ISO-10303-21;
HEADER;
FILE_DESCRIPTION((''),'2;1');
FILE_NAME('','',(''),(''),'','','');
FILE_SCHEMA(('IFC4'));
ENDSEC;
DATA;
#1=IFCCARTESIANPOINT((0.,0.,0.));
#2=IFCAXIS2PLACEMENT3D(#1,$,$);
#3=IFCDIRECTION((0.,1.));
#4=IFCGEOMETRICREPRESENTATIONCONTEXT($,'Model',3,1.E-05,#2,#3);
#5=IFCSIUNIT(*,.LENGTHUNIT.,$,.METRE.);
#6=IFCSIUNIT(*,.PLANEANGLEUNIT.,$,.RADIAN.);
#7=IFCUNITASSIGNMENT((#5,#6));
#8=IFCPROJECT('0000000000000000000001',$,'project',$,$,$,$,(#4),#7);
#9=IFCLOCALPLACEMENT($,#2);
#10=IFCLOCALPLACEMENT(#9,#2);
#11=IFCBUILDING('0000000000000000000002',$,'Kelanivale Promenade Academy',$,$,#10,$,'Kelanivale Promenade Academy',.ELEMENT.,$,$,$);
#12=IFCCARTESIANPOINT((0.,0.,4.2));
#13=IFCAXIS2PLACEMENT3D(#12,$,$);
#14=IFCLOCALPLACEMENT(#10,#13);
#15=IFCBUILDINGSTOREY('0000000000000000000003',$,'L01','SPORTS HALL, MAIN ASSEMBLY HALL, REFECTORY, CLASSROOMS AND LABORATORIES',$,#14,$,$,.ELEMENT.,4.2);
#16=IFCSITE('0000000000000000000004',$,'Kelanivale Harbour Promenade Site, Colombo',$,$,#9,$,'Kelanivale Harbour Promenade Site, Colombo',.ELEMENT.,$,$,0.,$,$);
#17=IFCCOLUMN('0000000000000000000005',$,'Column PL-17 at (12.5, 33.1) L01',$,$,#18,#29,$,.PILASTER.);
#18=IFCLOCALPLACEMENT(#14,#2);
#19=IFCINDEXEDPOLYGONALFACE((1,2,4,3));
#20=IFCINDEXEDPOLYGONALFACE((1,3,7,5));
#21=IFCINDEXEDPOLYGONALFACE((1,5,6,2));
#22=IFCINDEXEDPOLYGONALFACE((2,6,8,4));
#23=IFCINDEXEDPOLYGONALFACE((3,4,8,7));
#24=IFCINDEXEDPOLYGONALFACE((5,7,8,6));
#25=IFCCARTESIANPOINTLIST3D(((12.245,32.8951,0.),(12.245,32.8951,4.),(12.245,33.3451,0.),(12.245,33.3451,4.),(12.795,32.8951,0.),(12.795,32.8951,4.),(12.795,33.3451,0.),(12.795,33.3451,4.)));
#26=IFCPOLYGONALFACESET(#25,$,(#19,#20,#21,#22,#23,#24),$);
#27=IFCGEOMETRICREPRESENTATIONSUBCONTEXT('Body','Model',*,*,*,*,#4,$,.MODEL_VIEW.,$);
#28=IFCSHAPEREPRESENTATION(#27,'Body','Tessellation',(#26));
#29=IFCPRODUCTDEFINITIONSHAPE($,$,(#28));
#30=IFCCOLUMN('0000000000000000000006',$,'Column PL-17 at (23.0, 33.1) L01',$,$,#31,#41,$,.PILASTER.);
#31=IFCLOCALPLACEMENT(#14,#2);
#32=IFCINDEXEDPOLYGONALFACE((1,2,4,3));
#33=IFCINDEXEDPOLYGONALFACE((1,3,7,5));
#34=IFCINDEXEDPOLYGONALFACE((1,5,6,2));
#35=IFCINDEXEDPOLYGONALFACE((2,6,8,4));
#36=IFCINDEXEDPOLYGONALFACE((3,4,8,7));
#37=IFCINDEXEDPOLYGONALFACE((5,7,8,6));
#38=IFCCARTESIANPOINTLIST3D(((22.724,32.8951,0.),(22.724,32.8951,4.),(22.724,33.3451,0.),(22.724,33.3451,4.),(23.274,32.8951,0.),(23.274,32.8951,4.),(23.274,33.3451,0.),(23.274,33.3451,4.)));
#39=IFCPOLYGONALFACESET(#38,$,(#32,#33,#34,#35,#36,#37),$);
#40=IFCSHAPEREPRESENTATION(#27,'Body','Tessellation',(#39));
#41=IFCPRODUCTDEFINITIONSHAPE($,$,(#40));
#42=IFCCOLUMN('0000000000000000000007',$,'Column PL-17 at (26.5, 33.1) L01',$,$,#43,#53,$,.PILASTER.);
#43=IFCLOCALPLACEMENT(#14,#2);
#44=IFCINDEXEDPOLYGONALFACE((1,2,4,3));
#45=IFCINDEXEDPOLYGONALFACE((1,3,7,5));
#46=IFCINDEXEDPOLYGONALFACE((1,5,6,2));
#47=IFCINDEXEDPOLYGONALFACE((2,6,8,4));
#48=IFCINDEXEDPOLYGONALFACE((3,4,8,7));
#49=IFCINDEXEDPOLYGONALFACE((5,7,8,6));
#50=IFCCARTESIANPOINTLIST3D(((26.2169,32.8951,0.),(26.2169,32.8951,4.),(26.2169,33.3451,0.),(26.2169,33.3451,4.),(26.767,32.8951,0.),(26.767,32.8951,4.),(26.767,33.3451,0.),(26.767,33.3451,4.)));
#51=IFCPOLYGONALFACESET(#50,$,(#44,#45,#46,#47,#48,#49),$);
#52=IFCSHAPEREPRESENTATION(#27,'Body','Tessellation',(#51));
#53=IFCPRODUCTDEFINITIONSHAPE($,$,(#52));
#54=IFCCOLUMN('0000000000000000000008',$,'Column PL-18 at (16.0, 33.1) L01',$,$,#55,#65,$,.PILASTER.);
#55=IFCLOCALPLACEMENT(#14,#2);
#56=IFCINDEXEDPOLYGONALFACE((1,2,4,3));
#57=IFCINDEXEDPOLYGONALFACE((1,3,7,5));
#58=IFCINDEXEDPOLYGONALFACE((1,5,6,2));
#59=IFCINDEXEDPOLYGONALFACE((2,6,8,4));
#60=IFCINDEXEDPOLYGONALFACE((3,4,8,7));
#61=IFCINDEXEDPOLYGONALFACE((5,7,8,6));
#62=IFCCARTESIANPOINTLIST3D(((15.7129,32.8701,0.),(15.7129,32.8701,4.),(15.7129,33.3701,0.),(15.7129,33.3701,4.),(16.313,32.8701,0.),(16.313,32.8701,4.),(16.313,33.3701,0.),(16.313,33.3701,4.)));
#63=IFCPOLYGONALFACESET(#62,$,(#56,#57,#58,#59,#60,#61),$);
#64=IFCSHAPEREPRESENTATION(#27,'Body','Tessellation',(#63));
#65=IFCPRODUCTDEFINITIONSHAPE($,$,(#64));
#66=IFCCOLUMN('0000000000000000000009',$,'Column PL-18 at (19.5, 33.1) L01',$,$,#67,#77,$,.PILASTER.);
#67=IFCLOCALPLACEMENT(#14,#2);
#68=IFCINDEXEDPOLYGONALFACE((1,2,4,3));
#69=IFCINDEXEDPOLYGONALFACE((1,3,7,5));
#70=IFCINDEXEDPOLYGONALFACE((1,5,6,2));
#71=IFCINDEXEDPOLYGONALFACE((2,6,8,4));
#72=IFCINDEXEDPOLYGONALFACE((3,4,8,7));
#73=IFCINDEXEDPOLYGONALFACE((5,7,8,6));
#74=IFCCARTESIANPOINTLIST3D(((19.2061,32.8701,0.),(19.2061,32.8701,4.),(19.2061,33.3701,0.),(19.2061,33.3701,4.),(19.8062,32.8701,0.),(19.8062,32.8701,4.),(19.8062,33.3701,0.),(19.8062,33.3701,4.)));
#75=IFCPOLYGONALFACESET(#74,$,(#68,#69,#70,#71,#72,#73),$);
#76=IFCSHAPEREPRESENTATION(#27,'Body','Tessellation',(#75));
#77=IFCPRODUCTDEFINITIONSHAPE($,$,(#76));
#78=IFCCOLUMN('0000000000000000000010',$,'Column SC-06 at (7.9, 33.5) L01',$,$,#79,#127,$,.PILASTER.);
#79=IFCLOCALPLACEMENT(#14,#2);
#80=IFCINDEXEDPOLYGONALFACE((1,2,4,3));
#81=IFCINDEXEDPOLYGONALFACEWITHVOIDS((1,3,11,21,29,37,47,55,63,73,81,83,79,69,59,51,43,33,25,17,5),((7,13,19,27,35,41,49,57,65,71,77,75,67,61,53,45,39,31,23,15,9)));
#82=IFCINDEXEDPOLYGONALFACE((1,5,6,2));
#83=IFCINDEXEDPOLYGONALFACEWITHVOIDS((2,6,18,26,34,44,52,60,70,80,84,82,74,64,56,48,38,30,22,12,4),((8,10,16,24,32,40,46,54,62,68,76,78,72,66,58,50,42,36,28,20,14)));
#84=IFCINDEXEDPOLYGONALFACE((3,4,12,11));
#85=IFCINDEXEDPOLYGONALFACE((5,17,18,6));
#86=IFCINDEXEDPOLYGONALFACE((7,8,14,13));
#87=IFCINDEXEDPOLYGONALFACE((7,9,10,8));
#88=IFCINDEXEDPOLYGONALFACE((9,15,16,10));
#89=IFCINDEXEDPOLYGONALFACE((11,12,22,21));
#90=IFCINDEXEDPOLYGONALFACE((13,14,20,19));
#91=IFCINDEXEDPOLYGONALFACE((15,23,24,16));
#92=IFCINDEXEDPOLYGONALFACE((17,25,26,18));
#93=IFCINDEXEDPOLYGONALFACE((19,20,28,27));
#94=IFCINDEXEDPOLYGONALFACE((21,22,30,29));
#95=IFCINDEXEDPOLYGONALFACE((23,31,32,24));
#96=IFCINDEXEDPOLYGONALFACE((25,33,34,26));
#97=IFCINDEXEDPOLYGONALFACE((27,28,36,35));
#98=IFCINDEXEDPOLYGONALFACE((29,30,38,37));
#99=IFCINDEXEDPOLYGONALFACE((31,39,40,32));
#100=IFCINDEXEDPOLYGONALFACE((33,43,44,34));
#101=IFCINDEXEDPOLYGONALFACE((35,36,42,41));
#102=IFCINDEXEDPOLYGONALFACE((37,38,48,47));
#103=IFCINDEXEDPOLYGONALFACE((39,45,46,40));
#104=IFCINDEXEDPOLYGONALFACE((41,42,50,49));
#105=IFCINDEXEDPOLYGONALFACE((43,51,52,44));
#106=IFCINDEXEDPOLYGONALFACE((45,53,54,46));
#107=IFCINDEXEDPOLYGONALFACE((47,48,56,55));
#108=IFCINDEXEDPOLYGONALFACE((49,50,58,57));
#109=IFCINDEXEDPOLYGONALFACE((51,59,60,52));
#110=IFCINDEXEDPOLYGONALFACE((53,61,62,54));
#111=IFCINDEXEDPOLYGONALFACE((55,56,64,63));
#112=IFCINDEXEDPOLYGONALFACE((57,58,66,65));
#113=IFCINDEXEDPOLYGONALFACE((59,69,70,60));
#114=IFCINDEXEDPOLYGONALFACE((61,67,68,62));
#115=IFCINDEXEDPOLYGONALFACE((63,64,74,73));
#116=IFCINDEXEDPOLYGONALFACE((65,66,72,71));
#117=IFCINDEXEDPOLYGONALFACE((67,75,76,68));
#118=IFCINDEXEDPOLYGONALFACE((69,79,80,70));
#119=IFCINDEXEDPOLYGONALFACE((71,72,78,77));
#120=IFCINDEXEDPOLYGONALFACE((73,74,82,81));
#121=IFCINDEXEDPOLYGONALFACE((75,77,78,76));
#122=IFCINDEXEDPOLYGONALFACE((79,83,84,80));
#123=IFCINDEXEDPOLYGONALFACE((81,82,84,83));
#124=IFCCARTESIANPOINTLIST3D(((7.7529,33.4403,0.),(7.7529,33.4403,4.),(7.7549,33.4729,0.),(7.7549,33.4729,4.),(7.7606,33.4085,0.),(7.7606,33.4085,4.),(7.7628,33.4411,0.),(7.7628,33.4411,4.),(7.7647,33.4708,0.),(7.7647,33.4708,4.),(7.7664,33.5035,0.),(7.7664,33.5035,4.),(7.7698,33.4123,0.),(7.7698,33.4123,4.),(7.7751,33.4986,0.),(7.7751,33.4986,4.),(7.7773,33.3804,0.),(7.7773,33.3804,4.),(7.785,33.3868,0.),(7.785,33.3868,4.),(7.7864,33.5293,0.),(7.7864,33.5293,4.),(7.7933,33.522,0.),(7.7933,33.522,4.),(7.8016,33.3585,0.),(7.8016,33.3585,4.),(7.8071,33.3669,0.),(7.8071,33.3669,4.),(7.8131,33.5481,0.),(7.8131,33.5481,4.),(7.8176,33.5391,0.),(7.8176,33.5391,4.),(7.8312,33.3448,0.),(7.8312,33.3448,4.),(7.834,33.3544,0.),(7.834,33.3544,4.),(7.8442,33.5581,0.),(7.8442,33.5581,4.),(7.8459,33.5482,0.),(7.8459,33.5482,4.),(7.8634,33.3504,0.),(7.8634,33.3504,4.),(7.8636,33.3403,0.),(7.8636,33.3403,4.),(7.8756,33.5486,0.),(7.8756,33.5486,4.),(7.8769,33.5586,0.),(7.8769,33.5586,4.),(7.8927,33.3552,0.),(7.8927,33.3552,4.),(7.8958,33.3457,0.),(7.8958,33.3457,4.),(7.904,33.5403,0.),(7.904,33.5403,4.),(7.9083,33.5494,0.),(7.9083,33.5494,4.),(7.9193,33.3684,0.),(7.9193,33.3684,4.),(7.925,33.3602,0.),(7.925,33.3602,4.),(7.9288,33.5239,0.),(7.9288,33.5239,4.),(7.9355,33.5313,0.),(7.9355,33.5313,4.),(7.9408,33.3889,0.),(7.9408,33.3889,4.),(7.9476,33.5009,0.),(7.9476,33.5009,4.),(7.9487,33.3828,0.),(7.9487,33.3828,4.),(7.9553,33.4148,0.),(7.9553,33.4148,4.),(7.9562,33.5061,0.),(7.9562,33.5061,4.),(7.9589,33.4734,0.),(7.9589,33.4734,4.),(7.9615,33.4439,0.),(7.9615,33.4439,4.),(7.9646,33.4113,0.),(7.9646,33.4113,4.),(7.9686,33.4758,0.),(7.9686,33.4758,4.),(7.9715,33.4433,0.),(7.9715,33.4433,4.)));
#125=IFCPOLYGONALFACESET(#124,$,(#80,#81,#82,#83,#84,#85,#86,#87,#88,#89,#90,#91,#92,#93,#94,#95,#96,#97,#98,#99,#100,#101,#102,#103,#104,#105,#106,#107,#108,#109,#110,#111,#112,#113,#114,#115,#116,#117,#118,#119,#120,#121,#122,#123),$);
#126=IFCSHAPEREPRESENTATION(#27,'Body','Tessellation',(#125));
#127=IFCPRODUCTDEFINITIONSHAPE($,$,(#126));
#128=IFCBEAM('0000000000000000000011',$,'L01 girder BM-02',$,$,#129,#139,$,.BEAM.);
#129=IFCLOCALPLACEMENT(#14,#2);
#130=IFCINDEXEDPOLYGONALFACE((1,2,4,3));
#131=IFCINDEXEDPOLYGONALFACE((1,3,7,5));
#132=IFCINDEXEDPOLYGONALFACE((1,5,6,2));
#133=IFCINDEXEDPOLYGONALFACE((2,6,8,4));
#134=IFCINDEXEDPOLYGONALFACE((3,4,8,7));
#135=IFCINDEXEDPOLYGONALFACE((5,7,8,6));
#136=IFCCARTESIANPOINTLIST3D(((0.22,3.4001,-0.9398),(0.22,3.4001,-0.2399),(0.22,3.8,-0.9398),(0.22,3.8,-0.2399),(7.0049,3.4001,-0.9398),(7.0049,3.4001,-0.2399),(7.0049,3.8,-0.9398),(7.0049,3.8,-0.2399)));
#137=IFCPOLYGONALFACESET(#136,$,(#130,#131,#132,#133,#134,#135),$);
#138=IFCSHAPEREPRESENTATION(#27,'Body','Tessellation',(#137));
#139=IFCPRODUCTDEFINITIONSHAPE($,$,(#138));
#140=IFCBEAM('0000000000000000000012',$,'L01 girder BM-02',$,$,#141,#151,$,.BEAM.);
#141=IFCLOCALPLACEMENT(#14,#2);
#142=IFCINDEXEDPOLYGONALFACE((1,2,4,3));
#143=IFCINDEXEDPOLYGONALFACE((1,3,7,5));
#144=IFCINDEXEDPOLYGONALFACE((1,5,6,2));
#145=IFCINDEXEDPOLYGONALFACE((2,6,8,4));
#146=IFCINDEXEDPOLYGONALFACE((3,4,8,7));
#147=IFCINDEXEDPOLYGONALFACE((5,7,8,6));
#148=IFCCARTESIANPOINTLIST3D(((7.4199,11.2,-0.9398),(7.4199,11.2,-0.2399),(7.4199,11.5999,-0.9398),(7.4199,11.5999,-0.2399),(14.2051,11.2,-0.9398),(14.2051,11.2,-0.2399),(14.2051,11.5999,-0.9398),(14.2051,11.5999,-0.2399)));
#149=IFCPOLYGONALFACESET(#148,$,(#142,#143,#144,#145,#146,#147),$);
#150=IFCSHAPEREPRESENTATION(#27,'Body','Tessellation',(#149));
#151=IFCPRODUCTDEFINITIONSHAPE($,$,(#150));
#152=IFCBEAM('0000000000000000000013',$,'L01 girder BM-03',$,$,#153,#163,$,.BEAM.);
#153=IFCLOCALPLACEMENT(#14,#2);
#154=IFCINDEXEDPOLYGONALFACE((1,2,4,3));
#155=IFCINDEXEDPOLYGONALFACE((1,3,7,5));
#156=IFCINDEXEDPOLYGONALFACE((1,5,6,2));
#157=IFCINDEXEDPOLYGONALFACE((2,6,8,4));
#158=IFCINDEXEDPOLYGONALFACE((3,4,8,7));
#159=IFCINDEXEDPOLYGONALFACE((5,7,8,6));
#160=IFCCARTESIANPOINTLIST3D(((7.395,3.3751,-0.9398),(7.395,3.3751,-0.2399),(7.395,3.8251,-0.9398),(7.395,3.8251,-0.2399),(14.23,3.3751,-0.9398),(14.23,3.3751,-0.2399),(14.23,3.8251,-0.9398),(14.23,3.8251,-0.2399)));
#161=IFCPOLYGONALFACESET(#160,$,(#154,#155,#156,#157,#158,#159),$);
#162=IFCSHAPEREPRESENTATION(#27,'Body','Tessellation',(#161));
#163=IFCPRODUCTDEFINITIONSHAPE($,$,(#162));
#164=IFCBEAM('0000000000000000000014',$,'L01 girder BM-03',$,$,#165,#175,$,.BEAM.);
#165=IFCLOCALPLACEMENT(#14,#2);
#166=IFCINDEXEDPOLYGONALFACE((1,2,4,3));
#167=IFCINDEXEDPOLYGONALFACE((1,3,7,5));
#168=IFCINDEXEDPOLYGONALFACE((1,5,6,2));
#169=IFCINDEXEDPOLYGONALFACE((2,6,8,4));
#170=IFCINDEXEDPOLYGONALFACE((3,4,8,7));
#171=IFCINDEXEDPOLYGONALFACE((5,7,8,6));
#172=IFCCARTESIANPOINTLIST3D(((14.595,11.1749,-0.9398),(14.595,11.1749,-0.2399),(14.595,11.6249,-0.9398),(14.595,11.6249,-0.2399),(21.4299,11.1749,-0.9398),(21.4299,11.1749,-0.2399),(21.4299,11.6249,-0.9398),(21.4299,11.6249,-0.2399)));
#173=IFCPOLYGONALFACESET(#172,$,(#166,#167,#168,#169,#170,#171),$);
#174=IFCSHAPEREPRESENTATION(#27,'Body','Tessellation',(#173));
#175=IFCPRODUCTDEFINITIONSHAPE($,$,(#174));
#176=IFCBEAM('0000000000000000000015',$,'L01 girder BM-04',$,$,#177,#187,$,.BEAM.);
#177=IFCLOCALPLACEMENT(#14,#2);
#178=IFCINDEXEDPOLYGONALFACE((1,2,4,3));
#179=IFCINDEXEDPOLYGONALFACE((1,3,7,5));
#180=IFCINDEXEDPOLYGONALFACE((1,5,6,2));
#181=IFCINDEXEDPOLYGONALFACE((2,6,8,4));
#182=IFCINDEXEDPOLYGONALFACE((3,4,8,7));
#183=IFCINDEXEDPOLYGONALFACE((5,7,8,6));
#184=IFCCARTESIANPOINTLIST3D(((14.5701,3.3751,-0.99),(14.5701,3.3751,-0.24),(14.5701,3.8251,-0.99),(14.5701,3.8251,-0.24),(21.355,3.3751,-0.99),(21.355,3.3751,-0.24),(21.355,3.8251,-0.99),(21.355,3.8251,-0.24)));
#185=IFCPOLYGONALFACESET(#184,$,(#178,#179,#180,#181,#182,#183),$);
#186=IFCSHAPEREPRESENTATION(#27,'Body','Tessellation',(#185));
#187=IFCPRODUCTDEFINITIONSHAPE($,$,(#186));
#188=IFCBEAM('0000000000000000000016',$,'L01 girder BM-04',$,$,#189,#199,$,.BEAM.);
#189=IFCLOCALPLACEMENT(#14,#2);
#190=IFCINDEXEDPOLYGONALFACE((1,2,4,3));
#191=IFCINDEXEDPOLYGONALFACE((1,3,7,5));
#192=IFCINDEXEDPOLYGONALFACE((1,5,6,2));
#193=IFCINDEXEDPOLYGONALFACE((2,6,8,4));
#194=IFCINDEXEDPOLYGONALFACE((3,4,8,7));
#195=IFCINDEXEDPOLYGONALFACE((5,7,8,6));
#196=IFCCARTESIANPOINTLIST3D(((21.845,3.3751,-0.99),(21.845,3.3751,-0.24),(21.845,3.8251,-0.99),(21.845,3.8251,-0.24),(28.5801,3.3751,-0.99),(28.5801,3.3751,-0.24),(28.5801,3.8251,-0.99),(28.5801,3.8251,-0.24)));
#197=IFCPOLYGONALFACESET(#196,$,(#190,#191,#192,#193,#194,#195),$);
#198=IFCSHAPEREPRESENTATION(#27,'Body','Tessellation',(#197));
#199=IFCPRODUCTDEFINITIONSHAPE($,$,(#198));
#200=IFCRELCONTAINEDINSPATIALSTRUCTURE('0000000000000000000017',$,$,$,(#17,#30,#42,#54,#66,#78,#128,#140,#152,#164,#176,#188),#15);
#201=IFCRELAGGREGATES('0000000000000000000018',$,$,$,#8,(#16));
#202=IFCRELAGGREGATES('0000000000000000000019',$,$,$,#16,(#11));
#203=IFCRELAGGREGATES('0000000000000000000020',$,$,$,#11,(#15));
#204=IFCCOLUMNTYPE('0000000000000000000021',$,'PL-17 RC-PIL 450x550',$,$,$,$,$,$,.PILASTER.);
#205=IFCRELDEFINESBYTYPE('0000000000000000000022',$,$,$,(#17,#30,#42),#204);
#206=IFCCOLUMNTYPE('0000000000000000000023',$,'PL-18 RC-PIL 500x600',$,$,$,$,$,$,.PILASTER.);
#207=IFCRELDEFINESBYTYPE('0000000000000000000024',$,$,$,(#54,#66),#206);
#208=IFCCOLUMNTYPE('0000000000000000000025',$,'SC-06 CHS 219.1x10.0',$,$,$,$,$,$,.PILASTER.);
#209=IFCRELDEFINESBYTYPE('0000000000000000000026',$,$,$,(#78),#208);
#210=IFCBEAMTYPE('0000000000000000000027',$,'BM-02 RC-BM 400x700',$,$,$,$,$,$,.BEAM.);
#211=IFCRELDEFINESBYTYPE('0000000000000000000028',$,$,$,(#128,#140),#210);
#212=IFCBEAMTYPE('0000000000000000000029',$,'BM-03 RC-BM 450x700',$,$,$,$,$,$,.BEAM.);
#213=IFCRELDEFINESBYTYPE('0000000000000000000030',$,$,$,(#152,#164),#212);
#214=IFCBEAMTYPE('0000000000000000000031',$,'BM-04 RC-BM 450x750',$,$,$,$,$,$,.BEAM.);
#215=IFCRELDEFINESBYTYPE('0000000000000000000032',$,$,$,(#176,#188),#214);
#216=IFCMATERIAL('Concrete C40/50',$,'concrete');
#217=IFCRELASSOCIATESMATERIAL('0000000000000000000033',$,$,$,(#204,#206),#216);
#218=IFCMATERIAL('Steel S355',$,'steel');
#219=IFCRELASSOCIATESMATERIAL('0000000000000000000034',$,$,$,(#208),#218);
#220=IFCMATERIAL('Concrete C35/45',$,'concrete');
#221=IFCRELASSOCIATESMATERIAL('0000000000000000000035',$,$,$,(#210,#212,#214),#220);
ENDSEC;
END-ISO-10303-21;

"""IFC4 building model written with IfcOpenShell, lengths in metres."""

from ifc_helpers import new_model, si_unit, direction, frame, origin, origin_2d, place, context, subcontext, project, spatial, rectangle, hollow_circle, extrude, material, material_profile, profile_set, type_object, element, save


model = new_model("IFC4")

# Units and contexts
model_context = context("Model", 3, precision=1e-05, world=origin(), true_north=direction((0.0, 1.0)))
body_context = subcontext(model_context, "Body", "Model", "MODEL_VIEW")
ifc_project = project(units=[si_unit("LENGTHUNIT", "METRE"), si_unit("PLANEANGLEUNIT", "RADIAN")], contexts=[model_context])

# Site, building, storey
site_placement = place(None, origin())
site = spatial("IfcSite", under=ifc_project, at=site_placement, Name="Kelanivale Harbour Promenade Site, Colombo", LongName="Kelanivale Harbour Promenade Site, Colombo", CompositionType="ELEMENT", RefElevation=0.0)
building_placement = place(site_placement, origin())
building = spatial("IfcBuilding", under=site, at=building_placement, Name="Kelanivale Promenade Academy", LongName="Kelanivale Promenade Academy", CompositionType="ELEMENT")
storey_placement = place(building_placement, frame((0.0, 0.0, 4.2)))
storey = spatial("IfcBuildingStorey", under=building, at=storey_placement, Name="L01", Description="SPORTS HALL, MAIN ASSEMBLY HALL, REFECTORY, CLASSROOMS AND LABORATORIES", CompositionType="ELEMENT", Elevation=4.2)

# Columns
ifc_material_1 = material(Name="Concrete C40/50", Category="concrete")
ifc_material_profile_1 = material_profile(ifc_material_1, rectangle(XDim=0.45, YDim=0.55, at=origin_2d()), Name="RC-PIL 450x550")
ifc_profile_set_1 = profile_set([ifc_material_profile_1], Name="Concrete C40/50")
column_type_1 = type_object("IfcColumnType", Name="PL-17 RC-PIL 450x550", PredefinedType="PILASTER", material=ifc_profile_set_1)
for number, where, z_axis, x_axis, name in (
    (1, (12.52, 33.1201, 0.0), (0.0, 0.0, 1.0), (0.0, 1.0, 0.0), "Column PL-17 at (12.5, 33.1) L01"),
    (2, (22.999, 33.1201, 0.0), (0.0, 0.0, 1.0), (0.0, 1.0, 0.0), "Column PL-17 at (23.0, 33.1) L01"),
    (3, (26.4919, 33.1201, 0.0), (0.0, 0.0, 1.0), (0.0, 1.0, 0.0), "Column PL-17 at (26.5, 33.1) L01"),
):
    element("IfcColumn", number, at=place(storey_placement, frame(where, z_axis=z_axis, x_axis=x_axis)), inside=storey, type_object=column_type_1, Name=name, PredefinedType="PILASTER", context=body_context, shape_type="SweptSolid", body=[
        extrude(rectangle(XDim=0.45, YDim=0.55, at=origin_2d()), origin(), (0.0, 0.0, 1.0), 4.0),
    ])
ifc_material_profile_2 = material_profile(ifc_material_1, rectangle(XDim=0.5, YDim=0.6001, at=origin_2d()), Name="RC-PIL 500x600")
ifc_profile_set_2 = profile_set([ifc_material_profile_2], Name="Concrete C40/50")
column_type_2 = type_object("IfcColumnType", Name="PL-18 RC-PIL 500x600", PredefinedType="PILASTER", material=ifc_profile_set_2)
for number, where, z_axis, x_axis, name in (
    (4, (16.0129, 33.1201, 0.0), (0.0, 0.0, 1.0), (0.0, 1.0, 0.0), "Column PL-18 at (16.0, 33.1) L01"),
    (5, (19.5061, 33.1201, 0.0), (0.0, 0.0, 1.0), (0.0, 1.0, 0.0), "Column PL-18 at (19.5, 33.1) L01"),
):
    element("IfcColumn", number, at=place(storey_placement, frame(where, z_axis=z_axis, x_axis=x_axis)), inside=storey, type_object=column_type_2, Name=name, PredefinedType="PILASTER", context=body_context, shape_type="SweptSolid", body=[
        extrude(rectangle(XDim=0.5, YDim=0.6001, at=origin_2d()), origin(), (0.0, 0.0, 1.0), 4.0),
    ])
ifc_material_2 = material(Name="Steel S355", Category="steel")
ifc_material_profile_3 = material_profile(ifc_material_2, hollow_circle(Radius=0.1096, WallThickness=0.01, at=origin_2d()), Name="CHS 219.1x10.0")
ifc_profile_set_3 = profile_set([ifc_material_profile_3], Name="Steel S355")
column_type_3 = type_object("IfcColumnType", Name="SC-06 CHS 219.1x10.0", PredefinedType="PILASTER", material=ifc_profile_set_3)
column_placement = place(storey_placement, frame((7.8621, 33.45, 0.0), z_axis=(0.0, 0.0, 1.0), x_axis=(-0.446198, 0.894934, 0.0)))
element("IfcColumn", 6, at=column_placement, inside=storey, type_object=column_type_3, Name="Column SC-06 at (7.9, 33.5) L01", PredefinedType="PILASTER", context=body_context, shape_type="SweptSolid", body=[
    extrude(hollow_circle(Radius=0.1096, WallThickness=0.01, at=origin_2d()), origin(), (0.0, 0.0, 1.0), 4.0),
])

# Beams
ifc_material_3 = material(Name="Concrete C35/45", Category="concrete")
ifc_material_profile_4 = material_profile(ifc_material_3, rectangle(XDim=0.3999, YDim=0.7, at=origin_2d()), Name="RC-BM 400x700")
ifc_profile_set_4 = profile_set([ifc_material_profile_4], Name="Concrete C35/45")
beam_type_1 = type_object("IfcBeamType", Name="BM-02 RC-BM 400x700", PredefinedType="BEAM", material=ifc_profile_set_4)
beam_1_placement = place(storey_placement, frame((0.22, 3.6001, -0.5898), z_axis=(1.0, 0.0, 0.0), x_axis=(0.0, 1.0, 0.0)))
element("IfcBeam", 7, at=beam_1_placement, inside=storey, type_object=beam_type_1, Name="L01 girder BM-02", PredefinedType="BEAM", context=body_context, shape_type="SweptSolid", body=[
    extrude(rectangle(XDim=0.3999, YDim=0.7, at=origin_2d()), origin(), (0.0, 0.0, 1.0), 6.7849),
])
beam_2_placement = place(storey_placement, frame((7.4199, 11.3999, -0.5898), z_axis=(1.0, 0.0, 0.0), x_axis=(0.0, 1.0, 0.0)))
element("IfcBeam", 8, at=beam_2_placement, inside=storey, type_object=beam_type_1, Name="L01 girder BM-02", PredefinedType="BEAM", context=body_context, shape_type="SweptSolid", body=[
    extrude(rectangle(XDim=0.3999, YDim=0.7, at=origin_2d()), origin(), (0.0, 0.0, 1.0), 6.7852),
])
ifc_material_profile_5 = material_profile(ifc_material_3, rectangle(XDim=0.45, YDim=0.7, at=origin_2d()), Name="RC-BM 450x700")
ifc_profile_set_5 = profile_set([ifc_material_profile_5], Name="Concrete C35/45")
beam_type_2 = type_object("IfcBeamType", Name="BM-03 RC-BM 450x700", PredefinedType="BEAM", material=ifc_profile_set_5)
for number, where, z_axis, x_axis, name in (
    (9, (7.395, 3.6001, -0.5898), (1.0, 0.0, 0.0), (0.0, 1.0, 0.0), "L01 girder BM-03"),
    (10, (14.595, 11.3999, -0.5898), (1.0, 0.0, 0.0), (0.0, 1.0, 0.0), "L01 girder BM-03"),
):
    element("IfcBeam", number, at=place(storey_placement, frame(where, z_axis=z_axis, x_axis=x_axis)), inside=storey, type_object=beam_type_2, Name=name, PredefinedType="BEAM", context=body_context, shape_type="SweptSolid", body=[
        extrude(rectangle(XDim=0.45, YDim=0.7, at=origin_2d()), origin(), (0.0, 0.0, 1.0), 6.835),
    ])
ifc_material_profile_6 = material_profile(ifc_material_3, rectangle(XDim=0.45, YDim=0.75, at=origin_2d()), Name="RC-BM 450x750")
ifc_profile_set_6 = profile_set([ifc_material_profile_6], Name="Concrete C35/45")
beam_type_3 = type_object("IfcBeamType", Name="BM-04 RC-BM 450x750", PredefinedType="BEAM", material=ifc_profile_set_6)
beam_3_placement = place(storey_placement, frame((14.5701, 3.6001, -0.615), z_axis=(1.0, 0.0, 0.0), x_axis=(0.0, 1.0, 0.0)))
element("IfcBeam", 11, at=beam_3_placement, inside=storey, type_object=beam_type_3, Name="L01 girder BM-04", PredefinedType="BEAM", context=body_context, shape_type="SweptSolid", body=[
    extrude(rectangle(XDim=0.45, YDim=0.75, at=origin_2d()), origin(), (0.0, 0.0, 1.0), 6.7849),
])
beam_4_placement = place(storey_placement, frame((21.845, 3.6001, -0.615), z_axis=(1.0, 0.0, 0.0), x_axis=(0.0, 1.0, 0.0)))
element("IfcBeam", 12, at=beam_4_placement, inside=storey, type_object=beam_type_3, Name="L01 girder BM-04", PredefinedType="BEAM", context=body_context, shape_type="SweptSolid", body=[
    extrude(rectangle(XDim=0.45, YDim=0.75, at=origin_2d()), origin(), (0.0, 0.0, 1.0), 6.7351),
])

save(model, "model.ifc")
